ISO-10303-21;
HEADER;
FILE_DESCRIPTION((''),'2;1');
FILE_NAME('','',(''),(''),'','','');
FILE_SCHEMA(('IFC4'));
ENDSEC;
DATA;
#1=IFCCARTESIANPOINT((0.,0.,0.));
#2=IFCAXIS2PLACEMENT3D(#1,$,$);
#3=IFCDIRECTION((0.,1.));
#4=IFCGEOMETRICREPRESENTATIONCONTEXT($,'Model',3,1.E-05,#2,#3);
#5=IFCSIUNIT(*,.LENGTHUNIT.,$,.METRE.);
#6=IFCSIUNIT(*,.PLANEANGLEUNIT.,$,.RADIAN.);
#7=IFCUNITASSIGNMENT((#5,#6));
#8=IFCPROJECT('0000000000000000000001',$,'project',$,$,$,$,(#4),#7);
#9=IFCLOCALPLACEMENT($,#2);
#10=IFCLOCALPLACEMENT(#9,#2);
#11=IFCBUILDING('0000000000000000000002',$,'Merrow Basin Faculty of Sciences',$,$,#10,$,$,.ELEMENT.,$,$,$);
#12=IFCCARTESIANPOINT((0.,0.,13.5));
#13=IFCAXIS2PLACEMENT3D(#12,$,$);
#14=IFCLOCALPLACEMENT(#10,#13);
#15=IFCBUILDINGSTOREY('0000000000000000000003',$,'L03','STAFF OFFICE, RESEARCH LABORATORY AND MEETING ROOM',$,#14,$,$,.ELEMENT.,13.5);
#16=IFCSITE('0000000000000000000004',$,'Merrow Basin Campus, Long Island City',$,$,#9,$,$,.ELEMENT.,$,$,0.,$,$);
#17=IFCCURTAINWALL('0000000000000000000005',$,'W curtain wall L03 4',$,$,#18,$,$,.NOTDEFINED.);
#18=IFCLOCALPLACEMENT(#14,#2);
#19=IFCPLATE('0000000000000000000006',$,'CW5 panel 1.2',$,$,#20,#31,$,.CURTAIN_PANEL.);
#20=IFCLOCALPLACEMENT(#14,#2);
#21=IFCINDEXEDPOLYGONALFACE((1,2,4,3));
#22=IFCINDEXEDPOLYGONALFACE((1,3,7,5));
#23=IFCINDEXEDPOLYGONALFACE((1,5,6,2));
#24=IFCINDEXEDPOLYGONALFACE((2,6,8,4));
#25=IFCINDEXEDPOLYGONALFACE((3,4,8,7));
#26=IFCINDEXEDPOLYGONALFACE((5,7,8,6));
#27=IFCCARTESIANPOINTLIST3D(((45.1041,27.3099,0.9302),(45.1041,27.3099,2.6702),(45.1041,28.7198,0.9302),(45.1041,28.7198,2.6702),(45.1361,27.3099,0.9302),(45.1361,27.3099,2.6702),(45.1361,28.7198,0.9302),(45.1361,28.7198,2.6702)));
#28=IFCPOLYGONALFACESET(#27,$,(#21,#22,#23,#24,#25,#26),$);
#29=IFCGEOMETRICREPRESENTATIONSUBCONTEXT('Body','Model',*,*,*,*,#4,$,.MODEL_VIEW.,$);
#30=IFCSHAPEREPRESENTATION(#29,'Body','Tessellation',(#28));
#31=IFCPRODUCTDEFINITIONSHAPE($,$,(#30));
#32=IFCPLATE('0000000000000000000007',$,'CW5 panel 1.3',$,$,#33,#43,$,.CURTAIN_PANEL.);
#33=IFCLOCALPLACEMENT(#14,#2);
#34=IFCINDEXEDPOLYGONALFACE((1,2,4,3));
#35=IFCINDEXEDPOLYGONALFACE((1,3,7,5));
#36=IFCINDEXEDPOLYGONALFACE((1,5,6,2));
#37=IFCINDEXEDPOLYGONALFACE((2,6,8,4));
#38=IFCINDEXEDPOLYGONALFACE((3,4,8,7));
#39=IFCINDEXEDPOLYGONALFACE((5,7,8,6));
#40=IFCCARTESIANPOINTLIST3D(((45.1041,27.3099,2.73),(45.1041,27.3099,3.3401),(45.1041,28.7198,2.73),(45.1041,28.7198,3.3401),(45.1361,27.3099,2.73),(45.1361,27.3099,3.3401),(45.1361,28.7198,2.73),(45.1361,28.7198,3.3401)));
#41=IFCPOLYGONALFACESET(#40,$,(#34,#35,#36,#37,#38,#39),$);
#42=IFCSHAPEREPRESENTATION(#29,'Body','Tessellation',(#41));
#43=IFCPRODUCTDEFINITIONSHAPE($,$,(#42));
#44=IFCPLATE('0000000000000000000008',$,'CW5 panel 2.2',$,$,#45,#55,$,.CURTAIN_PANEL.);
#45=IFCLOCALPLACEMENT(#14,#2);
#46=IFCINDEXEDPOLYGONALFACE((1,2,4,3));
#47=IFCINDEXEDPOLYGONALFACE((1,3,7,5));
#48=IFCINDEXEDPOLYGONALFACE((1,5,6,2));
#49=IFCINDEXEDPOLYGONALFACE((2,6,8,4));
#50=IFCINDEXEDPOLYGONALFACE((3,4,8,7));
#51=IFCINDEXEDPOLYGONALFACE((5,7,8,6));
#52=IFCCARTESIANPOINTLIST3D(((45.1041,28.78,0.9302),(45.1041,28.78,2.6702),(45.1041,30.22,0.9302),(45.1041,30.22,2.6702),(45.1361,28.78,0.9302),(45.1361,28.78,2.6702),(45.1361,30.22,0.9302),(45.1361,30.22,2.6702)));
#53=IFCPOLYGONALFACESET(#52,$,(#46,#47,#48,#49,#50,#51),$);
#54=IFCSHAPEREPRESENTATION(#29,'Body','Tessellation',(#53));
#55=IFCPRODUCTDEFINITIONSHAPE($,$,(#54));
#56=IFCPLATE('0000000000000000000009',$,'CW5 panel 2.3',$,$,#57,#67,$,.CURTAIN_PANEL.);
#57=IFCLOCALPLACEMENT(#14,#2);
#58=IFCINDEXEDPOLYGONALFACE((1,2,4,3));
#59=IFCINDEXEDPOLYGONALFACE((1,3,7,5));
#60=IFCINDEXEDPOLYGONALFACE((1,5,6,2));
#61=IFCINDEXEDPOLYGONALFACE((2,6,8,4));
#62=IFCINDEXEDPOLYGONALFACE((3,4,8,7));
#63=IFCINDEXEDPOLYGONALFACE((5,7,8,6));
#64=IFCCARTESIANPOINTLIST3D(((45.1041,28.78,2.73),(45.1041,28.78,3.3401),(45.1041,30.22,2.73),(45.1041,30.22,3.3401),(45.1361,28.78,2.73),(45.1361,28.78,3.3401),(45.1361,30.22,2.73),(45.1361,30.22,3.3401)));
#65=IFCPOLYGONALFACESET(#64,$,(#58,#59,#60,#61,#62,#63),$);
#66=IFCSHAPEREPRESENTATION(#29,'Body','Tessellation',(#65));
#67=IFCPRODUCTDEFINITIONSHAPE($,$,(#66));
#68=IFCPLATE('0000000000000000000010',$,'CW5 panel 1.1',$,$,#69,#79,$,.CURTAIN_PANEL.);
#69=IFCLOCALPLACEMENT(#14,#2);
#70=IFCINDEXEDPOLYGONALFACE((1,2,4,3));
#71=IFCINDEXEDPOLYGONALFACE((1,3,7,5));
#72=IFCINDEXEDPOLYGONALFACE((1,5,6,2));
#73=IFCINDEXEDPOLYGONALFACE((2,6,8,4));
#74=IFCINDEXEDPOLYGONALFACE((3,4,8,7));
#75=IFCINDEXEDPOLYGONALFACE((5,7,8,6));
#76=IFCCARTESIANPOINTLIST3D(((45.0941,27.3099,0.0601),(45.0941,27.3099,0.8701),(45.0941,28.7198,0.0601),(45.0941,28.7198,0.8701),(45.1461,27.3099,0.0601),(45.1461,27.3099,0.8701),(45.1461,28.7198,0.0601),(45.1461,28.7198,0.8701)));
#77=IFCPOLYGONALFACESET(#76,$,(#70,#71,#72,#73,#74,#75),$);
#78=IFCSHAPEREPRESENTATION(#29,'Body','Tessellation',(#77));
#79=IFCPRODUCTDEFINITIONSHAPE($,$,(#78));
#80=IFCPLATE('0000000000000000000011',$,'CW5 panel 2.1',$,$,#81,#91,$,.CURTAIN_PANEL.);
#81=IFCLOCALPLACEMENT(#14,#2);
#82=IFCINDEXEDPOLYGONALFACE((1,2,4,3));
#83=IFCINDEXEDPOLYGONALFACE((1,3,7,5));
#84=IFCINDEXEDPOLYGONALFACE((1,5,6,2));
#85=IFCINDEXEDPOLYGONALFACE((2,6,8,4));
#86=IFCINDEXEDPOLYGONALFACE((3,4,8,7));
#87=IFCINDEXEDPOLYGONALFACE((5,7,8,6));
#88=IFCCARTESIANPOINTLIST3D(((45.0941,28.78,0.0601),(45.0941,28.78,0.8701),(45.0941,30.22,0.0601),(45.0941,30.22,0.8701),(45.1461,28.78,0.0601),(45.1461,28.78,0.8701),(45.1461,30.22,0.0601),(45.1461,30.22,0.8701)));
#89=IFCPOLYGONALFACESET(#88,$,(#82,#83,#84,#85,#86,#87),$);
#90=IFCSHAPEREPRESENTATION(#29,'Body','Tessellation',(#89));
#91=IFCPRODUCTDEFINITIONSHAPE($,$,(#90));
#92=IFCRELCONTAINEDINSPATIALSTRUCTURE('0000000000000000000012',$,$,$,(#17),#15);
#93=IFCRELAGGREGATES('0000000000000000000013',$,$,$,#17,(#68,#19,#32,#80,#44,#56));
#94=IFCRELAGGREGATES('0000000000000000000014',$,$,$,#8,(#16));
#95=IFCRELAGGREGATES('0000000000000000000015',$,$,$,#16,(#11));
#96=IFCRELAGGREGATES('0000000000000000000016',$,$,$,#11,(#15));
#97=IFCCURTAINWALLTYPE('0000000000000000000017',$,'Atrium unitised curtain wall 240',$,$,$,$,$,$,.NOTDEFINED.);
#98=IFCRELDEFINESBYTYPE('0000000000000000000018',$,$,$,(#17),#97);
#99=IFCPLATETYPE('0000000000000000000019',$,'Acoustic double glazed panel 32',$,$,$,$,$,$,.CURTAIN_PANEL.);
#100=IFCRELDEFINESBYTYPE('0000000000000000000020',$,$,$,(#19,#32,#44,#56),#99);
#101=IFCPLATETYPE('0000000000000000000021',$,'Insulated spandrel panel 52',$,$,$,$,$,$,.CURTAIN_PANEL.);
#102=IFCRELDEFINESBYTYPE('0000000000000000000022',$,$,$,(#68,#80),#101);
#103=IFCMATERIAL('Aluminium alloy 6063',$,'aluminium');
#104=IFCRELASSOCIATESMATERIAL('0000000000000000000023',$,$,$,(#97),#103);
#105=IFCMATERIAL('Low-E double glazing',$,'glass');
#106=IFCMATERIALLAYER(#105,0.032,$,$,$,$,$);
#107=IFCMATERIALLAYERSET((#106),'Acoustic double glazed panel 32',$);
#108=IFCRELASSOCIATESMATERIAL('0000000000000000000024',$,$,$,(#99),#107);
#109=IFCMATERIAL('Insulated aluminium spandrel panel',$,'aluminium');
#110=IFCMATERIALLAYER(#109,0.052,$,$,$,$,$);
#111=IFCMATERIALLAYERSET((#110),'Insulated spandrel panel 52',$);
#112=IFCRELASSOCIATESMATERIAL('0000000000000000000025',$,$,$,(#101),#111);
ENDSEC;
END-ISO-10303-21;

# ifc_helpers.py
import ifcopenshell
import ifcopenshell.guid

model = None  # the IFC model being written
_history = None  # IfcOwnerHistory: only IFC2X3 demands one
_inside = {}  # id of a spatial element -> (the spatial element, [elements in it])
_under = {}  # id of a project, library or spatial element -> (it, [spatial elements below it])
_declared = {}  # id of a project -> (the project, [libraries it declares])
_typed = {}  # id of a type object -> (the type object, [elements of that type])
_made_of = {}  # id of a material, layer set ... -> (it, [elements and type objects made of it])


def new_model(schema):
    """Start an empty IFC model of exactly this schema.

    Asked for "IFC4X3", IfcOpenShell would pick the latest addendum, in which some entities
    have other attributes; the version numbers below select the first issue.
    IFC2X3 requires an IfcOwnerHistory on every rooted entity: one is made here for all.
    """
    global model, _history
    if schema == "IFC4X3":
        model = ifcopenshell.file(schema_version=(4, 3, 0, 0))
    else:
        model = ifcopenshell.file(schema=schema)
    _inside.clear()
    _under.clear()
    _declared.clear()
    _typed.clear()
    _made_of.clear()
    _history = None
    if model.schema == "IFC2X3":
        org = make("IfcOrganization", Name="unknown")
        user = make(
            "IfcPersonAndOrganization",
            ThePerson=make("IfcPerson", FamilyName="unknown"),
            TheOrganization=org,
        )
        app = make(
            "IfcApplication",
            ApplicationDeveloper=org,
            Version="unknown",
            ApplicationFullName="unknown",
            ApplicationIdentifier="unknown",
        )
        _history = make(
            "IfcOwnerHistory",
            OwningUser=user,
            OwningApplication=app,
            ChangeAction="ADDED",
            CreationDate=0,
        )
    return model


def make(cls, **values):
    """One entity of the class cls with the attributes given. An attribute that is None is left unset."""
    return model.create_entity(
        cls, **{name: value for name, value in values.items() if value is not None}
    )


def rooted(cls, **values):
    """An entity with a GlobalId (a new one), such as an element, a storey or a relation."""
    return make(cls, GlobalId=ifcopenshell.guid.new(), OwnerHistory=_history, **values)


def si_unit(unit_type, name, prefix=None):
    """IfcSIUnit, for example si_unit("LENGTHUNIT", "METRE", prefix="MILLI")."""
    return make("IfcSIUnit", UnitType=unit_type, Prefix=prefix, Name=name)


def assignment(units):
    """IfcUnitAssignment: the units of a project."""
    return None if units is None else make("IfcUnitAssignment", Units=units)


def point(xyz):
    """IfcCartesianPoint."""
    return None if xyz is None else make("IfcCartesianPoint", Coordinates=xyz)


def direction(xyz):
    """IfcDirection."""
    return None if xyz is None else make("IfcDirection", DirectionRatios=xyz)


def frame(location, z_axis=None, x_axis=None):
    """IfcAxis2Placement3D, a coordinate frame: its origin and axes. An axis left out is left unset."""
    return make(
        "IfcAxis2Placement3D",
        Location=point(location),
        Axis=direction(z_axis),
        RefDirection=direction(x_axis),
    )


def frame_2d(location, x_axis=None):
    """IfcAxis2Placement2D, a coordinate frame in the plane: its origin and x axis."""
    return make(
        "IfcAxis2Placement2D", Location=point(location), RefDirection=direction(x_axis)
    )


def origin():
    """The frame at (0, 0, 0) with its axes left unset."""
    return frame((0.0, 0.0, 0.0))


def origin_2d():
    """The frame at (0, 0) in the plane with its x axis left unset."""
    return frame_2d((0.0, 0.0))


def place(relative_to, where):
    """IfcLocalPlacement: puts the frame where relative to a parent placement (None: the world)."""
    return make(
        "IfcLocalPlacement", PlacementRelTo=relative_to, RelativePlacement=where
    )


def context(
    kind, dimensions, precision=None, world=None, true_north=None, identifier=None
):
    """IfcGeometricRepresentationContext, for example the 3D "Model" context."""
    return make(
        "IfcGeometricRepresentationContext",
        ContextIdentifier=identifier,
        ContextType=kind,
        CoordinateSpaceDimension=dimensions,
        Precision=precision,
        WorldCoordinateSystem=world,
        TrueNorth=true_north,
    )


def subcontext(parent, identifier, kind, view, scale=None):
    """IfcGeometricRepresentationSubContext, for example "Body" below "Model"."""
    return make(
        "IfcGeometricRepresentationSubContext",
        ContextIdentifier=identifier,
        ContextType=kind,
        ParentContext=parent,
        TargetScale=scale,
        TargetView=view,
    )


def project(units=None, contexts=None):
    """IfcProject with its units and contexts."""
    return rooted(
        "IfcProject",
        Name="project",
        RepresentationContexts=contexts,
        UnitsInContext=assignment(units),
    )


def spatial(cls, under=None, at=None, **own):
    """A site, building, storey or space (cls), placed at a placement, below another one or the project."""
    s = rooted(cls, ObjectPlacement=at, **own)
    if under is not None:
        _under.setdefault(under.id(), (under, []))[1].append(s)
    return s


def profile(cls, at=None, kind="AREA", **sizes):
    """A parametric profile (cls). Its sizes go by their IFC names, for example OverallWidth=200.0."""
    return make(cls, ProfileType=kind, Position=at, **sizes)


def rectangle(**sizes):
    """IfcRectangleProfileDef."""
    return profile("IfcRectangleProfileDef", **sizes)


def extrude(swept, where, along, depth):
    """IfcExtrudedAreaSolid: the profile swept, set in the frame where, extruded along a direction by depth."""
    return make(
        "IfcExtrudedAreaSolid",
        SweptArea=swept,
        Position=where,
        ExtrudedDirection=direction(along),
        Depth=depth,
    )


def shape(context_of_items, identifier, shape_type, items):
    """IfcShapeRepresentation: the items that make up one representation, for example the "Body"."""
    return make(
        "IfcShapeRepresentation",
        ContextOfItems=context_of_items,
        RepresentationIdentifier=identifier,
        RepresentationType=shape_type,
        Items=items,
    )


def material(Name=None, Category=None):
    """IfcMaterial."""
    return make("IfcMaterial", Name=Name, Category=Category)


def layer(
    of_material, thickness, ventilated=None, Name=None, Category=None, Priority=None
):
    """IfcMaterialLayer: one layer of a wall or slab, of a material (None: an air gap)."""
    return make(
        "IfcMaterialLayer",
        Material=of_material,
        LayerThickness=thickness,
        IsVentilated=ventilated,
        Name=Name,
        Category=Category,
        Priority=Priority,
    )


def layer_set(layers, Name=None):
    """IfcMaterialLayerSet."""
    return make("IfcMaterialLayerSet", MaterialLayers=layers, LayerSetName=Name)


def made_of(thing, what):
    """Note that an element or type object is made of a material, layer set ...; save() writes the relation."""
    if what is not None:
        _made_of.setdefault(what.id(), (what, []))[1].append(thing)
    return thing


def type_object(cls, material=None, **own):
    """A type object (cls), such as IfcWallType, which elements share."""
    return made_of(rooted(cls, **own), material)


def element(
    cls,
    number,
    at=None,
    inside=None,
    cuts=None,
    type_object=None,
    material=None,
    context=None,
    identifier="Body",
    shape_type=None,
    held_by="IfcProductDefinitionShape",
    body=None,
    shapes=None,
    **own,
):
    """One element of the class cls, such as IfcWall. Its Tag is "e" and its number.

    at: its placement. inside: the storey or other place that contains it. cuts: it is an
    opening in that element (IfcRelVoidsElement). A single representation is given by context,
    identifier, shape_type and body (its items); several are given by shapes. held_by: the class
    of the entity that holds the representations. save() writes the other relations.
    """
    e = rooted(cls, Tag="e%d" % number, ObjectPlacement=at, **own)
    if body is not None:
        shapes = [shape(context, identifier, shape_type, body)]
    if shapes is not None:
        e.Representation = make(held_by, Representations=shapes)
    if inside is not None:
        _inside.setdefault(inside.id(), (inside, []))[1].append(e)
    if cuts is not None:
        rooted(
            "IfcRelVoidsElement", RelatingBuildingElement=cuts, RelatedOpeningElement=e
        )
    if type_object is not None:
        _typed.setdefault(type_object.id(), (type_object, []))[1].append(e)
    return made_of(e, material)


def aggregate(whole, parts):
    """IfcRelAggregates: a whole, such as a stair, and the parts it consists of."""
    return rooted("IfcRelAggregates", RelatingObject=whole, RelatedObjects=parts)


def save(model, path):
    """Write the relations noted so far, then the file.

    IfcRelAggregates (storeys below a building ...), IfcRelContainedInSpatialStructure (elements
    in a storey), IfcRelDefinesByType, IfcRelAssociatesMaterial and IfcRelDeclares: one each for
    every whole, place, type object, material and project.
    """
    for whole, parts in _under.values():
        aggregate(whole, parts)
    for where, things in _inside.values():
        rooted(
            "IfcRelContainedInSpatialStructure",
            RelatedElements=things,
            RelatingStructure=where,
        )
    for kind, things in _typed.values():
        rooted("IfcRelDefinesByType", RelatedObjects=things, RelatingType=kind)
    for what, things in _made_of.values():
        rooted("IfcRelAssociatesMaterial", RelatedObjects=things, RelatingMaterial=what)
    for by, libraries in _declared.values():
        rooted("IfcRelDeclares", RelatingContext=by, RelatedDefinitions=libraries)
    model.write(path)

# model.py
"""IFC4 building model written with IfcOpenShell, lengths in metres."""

from ifc_helpers import new_model, si_unit, direction, frame, origin, origin_2d, place, context, subcontext, project, spatial, rectangle, extrude, material, layer, layer_set, type_object, element, aggregate, save


model = new_model("IFC4")

# Units and contexts
model_context = context("Model", 3, precision=1e-05, world=origin(), true_north=direction((0.0, 1.0)))
body_context = subcontext(model_context, "Body", "Model", "MODEL_VIEW")
ifc_project = project(units=[si_unit("LENGTHUNIT", "METRE"), si_unit("PLANEANGLEUNIT", "RADIAN")], contexts=[model_context])

# Site, building, storey
site_placement = place(None, origin())
site = spatial("IfcSite", under=ifc_project, at=site_placement, Name="Merrow Basin Campus, Long Island City", CompositionType="ELEMENT", RefElevation=0.0)
building_placement = place(site_placement, origin())
building = spatial("IfcBuilding", under=site, at=building_placement, Name="Merrow Basin Faculty of Sciences", CompositionType="ELEMENT")
storey_placement = place(building_placement, frame((0.0, 0.0, 13.5)))
storey = spatial("IfcBuildingStorey", under=building, at=storey_placement, Name="L03", Description="STAFF OFFICE, RESEARCH LABORATORY AND MEETING ROOM", CompositionType="ELEMENT", Elevation=13.5)

# Shared definitions
ifc_material_1 = material(Name="Aluminium alloy 6063", Category="aluminium")
curtain_wall_type = type_object("IfcCurtainWallType", Name="Atrium unitised curtain wall 240", PredefinedType="NOTDEFINED", material=ifc_material_1)

# Curtain wall, plates
curtain_wall_1_placement = place(storey_placement, origin())
curtain_wall_1 = element("IfcCurtainWall", 1, at=curtain_wall_1_placement, inside=storey, type_object=curtain_wall_type, Name="W curtain wall L03 4", PredefinedType="NOTDEFINED")
ifc_material_2 = material(Name="Low-E double glazing", Category="glass")
ifc_layer_1 = layer(ifc_material_2, 0.032)
ifc_layer_set_1 = layer_set([ifc_layer_1], Name="Acoustic double glazed panel 32")
plate_type_1 = type_object("IfcPlateType", Name="Acoustic double glazed panel 32", PredefinedType="CURTAIN_PANEL", material=ifc_layer_set_1)
plate_1_placement = place(storey_placement, frame((45.1201, 28.0149, 0.9302), z_axis=(0.0, 0.0, 1.0), x_axis=(0.0, 1.0, 0.0)))
plate_1 = element("IfcPlate", 2, at=plate_1_placement, type_object=plate_type_1, Name="CW5 panel 1.2", PredefinedType="CURTAIN_PANEL", context=body_context, shape_type="SweptSolid", body=[
    extrude(rectangle(XDim=1.4099, YDim=0.032, at=origin_2d()), origin(), (0.0, 0.0, 1.0), 1.74),
])
plate_2_placement = place(storey_placement, frame((45.1201, 28.0149, 2.73), z_axis=(0.0, 0.0, 1.0), x_axis=(0.0, 1.0, 0.0)))
plate_2 = element("IfcPlate", 3, at=plate_2_placement, type_object=plate_type_1, Name="CW5 panel 1.3", PredefinedType="CURTAIN_PANEL", context=body_context, shape_type="SweptSolid", body=[
    extrude(rectangle(XDim=1.4099, YDim=0.032, at=origin_2d()), origin(), (0.0, 0.0, 1.0), 0.6101),
])
plate_3_placement = place(storey_placement, frame((45.1201, 29.5, 0.9302), z_axis=(0.0, 0.0, 1.0), x_axis=(0.0, 1.0, 0.0)))
plate_3 = element("IfcPlate", 4, at=plate_3_placement, type_object=plate_type_1, Name="CW5 panel 2.2", PredefinedType="CURTAIN_PANEL", context=body_context, shape_type="SweptSolid", body=[
    extrude(rectangle(XDim=1.4399, YDim=0.032, at=origin_2d()), origin(), (0.0, 0.0, 1.0), 1.74),
])
plate_4_placement = place(storey_placement, frame((45.1201, 29.5, 2.73), z_axis=(0.0, 0.0, 1.0), x_axis=(0.0, 1.0, 0.0)))
plate_4 = element("IfcPlate", 5, at=plate_4_placement, type_object=plate_type_1, Name="CW5 panel 2.3", PredefinedType="CURTAIN_PANEL", context=body_context, shape_type="SweptSolid", body=[
    extrude(rectangle(XDim=1.4399, YDim=0.032, at=origin_2d()), origin(), (0.0, 0.0, 1.0), 0.6101),
])
ifc_material_3 = material(Name="Insulated aluminium spandrel panel", Category="aluminium")
ifc_layer_2 = layer(ifc_material_3, 0.052)
ifc_layer_set_2 = layer_set([ifc_layer_2], Name="Insulated spandrel panel 52")
plate_type_2 = type_object("IfcPlateType", Name="Insulated spandrel panel 52", PredefinedType="CURTAIN_PANEL", material=ifc_layer_set_2)
plate_5_placement = place(storey_placement, frame((45.1201, 28.0149, 0.0601), z_axis=(0.0, 0.0, 1.0), x_axis=(0.0, 1.0, 0.0)))
plate_5 = element("IfcPlate", 6, at=plate_5_placement, type_object=plate_type_2, Name="CW5 panel 1.1", PredefinedType="CURTAIN_PANEL", context=body_context, shape_type="SweptSolid", body=[
    extrude(rectangle(XDim=1.4099, YDim=0.052, at=origin_2d()), origin(), (0.0, 0.0, 1.0), 0.8101),
])
plate_6_placement = place(storey_placement, frame((45.1201, 29.5, 0.0601), z_axis=(0.0, 0.0, 1.0), x_axis=(0.0, 1.0, 0.0)))
plate_6 = element("IfcPlate", 7, at=plate_6_placement, type_object=plate_type_2, Name="CW5 panel 2.1", PredefinedType="CURTAIN_PANEL", context=body_context, shape_type="SweptSolid", body=[
    extrude(rectangle(XDim=1.4399, YDim=0.052, at=origin_2d()), origin(), (0.0, 0.0, 1.0), 0.8101),
])
aggregate(curtain_wall_1, [plate_5, plate_1, plate_2, plate_6, plate_3, plate_4])

save(model, "model.ifc")
